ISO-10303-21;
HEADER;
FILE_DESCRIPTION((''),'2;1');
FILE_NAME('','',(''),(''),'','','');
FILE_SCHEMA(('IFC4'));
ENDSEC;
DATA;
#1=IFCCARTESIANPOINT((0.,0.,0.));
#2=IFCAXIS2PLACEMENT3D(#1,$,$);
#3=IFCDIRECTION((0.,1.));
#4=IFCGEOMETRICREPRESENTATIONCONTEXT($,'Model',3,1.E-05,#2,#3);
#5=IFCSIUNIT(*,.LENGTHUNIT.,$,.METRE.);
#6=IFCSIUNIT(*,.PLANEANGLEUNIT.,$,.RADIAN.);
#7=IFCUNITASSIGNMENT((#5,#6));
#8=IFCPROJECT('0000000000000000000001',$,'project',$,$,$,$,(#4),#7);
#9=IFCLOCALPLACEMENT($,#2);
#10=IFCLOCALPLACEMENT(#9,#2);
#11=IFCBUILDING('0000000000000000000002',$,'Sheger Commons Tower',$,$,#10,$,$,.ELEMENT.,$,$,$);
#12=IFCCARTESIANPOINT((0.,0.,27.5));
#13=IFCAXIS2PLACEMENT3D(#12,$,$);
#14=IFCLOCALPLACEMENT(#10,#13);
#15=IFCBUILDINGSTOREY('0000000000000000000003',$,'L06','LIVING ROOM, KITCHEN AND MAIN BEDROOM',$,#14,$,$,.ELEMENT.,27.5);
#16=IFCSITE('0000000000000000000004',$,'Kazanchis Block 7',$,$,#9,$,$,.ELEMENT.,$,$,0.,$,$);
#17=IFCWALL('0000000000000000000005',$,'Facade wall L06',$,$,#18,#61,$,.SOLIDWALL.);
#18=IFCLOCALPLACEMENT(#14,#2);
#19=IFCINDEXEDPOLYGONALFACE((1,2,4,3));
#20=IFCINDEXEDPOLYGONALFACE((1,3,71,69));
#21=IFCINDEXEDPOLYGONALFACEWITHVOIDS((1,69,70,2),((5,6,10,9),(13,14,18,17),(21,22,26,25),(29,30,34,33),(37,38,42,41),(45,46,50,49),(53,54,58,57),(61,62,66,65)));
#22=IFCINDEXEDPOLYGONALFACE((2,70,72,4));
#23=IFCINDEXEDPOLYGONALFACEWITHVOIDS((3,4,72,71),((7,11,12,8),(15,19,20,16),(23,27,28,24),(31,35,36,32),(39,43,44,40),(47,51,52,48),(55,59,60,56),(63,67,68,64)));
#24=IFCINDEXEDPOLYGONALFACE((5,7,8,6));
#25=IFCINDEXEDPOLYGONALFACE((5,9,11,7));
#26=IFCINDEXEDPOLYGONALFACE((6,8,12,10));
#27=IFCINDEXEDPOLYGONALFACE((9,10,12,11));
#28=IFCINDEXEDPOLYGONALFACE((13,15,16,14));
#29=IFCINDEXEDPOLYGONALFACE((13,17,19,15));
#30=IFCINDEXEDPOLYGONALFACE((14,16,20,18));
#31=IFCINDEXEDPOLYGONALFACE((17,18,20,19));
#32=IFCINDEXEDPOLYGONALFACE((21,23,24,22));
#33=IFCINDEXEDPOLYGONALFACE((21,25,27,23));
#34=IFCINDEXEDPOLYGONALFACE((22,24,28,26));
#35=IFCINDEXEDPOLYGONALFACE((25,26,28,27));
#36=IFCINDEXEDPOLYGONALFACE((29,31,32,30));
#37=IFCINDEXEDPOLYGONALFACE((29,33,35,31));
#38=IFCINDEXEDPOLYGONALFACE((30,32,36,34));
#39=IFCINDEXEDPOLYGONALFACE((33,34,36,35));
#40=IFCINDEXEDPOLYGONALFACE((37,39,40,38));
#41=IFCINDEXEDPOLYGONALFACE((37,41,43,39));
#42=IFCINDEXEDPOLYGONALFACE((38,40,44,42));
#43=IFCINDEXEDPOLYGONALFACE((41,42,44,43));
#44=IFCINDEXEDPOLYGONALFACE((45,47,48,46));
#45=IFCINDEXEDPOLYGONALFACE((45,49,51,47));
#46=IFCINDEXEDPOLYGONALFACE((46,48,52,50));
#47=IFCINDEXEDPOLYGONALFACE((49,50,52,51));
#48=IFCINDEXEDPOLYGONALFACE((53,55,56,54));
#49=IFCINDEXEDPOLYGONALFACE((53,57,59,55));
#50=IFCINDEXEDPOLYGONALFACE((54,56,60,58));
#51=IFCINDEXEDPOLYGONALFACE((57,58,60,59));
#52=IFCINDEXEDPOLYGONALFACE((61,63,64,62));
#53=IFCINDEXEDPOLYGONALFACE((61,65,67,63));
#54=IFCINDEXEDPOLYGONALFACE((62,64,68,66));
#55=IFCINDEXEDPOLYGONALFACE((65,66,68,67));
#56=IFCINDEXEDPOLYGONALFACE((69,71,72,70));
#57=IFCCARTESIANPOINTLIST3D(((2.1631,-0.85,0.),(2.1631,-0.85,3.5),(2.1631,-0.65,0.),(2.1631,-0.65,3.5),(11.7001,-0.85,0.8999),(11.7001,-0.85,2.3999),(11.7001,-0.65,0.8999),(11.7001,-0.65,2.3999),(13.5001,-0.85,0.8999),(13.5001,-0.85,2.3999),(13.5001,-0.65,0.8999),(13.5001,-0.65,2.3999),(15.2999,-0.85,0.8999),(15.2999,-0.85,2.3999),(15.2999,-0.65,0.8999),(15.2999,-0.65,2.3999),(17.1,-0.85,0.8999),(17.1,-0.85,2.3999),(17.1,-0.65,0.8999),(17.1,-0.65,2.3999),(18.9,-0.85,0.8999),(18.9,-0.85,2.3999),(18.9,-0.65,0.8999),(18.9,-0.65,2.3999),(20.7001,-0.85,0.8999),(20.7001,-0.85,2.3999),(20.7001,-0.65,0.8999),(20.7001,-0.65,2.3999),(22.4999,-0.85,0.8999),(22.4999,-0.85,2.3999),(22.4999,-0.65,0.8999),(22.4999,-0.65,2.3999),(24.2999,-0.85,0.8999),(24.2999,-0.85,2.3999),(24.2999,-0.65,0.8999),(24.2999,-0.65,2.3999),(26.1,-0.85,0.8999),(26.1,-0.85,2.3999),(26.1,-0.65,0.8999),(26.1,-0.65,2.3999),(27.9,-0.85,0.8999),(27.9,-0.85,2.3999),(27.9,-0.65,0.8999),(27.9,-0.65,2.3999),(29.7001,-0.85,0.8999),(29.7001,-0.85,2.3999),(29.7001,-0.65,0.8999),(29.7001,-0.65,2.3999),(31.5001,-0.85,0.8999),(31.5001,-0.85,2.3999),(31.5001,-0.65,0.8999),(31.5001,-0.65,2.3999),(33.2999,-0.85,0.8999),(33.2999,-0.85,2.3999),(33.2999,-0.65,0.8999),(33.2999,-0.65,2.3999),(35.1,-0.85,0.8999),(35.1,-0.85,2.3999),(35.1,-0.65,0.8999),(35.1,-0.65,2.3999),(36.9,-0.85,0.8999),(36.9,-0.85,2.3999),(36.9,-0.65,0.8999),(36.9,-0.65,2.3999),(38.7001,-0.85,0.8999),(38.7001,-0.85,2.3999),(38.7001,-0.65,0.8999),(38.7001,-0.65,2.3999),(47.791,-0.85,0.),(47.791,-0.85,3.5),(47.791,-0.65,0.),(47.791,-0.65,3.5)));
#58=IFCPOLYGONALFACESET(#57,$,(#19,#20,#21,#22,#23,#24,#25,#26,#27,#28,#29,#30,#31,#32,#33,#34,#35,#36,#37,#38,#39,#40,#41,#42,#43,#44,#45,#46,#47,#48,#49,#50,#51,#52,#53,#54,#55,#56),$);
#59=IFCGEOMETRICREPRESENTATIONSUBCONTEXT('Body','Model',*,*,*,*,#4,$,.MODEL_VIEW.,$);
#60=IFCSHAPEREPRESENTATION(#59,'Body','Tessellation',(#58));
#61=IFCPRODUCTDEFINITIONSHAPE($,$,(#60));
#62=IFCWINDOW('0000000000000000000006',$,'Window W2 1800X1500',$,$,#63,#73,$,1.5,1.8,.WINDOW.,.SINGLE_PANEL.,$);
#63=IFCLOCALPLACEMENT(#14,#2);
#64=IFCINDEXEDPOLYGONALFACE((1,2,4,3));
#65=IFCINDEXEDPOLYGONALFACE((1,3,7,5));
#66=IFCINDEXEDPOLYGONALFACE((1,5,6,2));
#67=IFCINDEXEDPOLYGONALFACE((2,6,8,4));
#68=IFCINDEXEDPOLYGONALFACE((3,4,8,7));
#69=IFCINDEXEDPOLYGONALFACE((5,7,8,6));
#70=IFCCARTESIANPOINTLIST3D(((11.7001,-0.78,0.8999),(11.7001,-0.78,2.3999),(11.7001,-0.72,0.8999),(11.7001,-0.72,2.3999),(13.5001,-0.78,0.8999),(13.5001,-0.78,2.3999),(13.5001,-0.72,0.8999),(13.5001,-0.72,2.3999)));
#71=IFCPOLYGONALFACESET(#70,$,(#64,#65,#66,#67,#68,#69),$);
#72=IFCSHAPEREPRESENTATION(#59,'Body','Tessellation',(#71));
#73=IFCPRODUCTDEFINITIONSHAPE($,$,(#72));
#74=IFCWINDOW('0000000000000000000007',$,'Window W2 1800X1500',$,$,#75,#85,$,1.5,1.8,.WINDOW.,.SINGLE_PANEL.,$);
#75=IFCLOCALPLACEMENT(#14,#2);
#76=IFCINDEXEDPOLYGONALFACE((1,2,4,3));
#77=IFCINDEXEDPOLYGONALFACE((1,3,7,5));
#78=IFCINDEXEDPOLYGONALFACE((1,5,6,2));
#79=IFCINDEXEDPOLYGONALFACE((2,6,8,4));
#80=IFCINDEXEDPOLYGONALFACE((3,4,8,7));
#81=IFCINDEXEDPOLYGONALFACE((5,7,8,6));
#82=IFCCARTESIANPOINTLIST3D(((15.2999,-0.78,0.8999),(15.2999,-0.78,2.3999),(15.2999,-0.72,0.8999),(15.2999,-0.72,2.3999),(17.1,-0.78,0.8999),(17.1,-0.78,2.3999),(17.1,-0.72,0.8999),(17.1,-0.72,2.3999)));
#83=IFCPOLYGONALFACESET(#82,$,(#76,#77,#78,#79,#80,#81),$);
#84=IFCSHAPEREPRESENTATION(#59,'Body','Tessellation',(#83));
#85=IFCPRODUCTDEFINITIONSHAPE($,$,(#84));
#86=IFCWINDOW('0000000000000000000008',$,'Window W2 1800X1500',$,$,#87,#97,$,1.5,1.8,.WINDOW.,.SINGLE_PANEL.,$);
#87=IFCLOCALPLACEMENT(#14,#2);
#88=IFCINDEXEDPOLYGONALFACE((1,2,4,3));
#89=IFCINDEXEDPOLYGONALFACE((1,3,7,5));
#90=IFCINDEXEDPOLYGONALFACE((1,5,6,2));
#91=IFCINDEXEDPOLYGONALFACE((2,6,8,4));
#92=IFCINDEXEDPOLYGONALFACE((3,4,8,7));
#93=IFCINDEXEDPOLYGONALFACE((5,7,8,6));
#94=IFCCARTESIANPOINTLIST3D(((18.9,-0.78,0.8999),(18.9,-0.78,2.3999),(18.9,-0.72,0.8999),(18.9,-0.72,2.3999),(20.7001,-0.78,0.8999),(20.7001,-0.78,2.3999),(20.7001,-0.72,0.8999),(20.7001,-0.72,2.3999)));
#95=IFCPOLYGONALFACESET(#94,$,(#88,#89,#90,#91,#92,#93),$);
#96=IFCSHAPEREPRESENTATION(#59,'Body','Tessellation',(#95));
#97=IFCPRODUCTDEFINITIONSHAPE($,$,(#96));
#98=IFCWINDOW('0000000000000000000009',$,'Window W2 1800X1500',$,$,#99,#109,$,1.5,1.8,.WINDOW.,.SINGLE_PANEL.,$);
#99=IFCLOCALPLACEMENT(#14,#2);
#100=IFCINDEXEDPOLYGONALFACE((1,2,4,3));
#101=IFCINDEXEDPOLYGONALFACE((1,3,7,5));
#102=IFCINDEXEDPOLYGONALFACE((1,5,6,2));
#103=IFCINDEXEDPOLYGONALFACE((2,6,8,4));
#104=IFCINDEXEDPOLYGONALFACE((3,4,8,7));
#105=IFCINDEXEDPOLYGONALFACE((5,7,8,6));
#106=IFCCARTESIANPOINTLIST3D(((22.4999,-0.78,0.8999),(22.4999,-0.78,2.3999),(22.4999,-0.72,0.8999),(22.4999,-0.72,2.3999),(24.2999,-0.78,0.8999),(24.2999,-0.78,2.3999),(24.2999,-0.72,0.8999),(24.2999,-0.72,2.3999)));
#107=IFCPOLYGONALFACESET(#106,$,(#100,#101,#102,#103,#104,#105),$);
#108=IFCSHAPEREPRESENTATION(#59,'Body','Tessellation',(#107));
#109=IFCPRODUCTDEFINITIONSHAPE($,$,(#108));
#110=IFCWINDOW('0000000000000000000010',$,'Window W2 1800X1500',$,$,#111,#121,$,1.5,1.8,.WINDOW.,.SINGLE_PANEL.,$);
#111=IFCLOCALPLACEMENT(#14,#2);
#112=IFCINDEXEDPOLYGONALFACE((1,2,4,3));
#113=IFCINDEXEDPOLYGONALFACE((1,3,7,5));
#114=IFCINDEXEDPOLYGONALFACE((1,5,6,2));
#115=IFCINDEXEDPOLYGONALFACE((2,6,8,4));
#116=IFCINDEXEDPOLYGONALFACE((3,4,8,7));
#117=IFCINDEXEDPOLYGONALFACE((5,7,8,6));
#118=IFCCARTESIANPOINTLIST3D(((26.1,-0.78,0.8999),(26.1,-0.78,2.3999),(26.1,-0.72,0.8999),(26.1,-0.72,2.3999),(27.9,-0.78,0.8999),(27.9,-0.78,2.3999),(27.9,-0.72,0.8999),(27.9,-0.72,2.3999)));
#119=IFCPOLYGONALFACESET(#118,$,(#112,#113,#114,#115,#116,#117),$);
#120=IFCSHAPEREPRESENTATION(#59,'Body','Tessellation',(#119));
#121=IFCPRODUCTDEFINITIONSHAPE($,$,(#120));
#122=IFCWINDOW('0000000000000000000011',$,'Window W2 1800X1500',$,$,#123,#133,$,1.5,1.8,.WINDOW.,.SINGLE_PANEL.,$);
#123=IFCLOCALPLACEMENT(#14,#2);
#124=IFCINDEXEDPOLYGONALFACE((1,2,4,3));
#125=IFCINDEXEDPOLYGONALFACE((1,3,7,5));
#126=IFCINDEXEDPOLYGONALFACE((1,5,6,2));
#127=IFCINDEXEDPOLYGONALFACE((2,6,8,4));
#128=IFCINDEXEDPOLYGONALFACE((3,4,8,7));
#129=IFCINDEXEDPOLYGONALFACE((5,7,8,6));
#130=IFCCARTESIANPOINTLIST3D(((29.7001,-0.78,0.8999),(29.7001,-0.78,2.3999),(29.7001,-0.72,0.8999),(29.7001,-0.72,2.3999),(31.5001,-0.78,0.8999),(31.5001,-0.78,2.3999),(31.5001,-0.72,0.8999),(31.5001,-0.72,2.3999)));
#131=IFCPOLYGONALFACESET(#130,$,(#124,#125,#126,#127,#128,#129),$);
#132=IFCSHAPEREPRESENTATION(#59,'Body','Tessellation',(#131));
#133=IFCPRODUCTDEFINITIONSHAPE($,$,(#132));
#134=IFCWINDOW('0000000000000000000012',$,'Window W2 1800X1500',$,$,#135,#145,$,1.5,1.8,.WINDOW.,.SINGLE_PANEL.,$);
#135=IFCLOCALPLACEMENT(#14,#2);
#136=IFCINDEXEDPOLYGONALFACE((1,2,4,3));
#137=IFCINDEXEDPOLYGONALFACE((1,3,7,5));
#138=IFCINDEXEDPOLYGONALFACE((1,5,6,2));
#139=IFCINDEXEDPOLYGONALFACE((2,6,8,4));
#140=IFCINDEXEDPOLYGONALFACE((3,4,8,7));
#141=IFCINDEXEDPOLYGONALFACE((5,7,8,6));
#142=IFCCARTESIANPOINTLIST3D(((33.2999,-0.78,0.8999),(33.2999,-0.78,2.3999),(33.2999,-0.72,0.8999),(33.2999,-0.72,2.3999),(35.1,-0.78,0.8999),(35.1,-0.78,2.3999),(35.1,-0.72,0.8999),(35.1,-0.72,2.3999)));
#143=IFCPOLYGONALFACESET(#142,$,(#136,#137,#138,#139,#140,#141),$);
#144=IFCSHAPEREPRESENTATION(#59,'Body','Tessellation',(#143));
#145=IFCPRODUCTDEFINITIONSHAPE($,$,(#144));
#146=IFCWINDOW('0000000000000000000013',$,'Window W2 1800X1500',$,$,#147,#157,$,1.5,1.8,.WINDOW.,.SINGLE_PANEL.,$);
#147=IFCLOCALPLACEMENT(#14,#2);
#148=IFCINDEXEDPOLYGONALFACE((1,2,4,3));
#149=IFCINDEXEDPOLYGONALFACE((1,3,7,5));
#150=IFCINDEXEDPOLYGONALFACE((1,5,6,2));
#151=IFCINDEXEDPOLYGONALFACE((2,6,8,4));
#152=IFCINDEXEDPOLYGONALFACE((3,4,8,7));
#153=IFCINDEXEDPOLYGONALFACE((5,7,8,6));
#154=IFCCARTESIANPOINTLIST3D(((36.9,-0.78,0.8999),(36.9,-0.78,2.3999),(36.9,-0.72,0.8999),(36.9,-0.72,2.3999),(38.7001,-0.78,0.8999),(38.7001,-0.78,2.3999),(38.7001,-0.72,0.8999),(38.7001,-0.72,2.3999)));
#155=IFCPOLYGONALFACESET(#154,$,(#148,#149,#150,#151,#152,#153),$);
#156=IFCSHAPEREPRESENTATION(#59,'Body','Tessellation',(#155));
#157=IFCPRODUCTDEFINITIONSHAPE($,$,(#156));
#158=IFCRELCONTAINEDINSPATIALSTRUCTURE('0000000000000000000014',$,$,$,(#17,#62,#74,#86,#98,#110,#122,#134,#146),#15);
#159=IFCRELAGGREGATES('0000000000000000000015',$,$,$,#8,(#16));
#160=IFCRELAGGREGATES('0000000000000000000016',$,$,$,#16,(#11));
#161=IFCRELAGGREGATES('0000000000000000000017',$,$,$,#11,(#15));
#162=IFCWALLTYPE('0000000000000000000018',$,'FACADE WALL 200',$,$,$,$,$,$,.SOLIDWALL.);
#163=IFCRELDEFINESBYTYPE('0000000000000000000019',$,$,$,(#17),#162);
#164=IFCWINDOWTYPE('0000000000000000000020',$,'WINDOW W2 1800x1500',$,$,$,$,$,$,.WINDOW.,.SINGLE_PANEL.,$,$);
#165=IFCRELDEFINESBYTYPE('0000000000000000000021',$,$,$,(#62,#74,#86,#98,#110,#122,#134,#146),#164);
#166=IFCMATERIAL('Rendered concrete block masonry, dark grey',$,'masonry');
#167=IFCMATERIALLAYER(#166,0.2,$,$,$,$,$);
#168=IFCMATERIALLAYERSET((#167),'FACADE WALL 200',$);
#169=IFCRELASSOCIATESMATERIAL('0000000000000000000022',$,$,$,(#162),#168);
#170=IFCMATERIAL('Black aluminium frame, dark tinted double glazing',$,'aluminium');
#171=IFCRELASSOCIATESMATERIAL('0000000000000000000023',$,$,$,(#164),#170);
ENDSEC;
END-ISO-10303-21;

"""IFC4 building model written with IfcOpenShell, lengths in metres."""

from ifc_helpers import new_model, si_unit, direction, frame, frame_2d, origin, place, context, subcontext, project, spatial, rectangle, extrude, material, layer, layer_set, type_object, element, fill, save


model = new_model("IFC4")

# Units and contexts
model_context = context("Model", 3, precision=1e-05, world=origin(), true_north=direction((0.0, 1.0)))
body_context = subcontext(model_context, "Body", "Model", "MODEL_VIEW")
ifc_project = project(units=[si_unit("LENGTHUNIT", "METRE"), si_unit("PLANEANGLEUNIT", "RADIAN")], contexts=[model_context])

# Site, building, storey
site_placement = place(None, origin())
site = spatial("IfcSite", under=ifc_project, at=site_placement, Name="Kazanchis Block 7", CompositionType="ELEMENT", RefElevation=0.0)
building_placement = place(site_placement, origin())
building = spatial("IfcBuilding", under=site, at=building_placement, Name="Sheger Commons Tower", CompositionType="ELEMENT")
storey_placement = place(building_placement, frame((0.0, 0.0, 27.5)))
storey = spatial("IfcBuildingStorey", under=building, at=storey_placement, Name="L06", Description="LIVING ROOM, KITCHEN AND MAIN BEDROOM", CompositionType="ELEMENT", Elevation=27.5)

# Wall, openings, windows
ifc_material_1 = material(Name="Rendered concrete block masonry, dark grey", Category="masonry")
ifc_layer_1 = layer(ifc_material_1, 0.2)
ifc_layer_set_1 = layer_set([ifc_layer_1], Name="FACADE WALL 200")
wall_type_1 = type_object("IfcWallType", Name="FACADE WALL 200", PredefinedType="SOLIDWALL", material=ifc_layer_set_1)
wall_1_placement = place(storey_placement, frame((2.1631, -0.75, 0.0), z_axis=(0.0, 0.0, 1.0), x_axis=(1.0, 0.0, 0.0)))
wall_1 = element("IfcWall", 1, at=wall_1_placement, inside=storey, type_object=wall_type_1, Name="Facade wall L06", PredefinedType="SOLIDWALL", context=body_context, shape_type="SweptSolid", body=[
    extrude(rectangle(XDim=45.6279, YDim=0.2, at=frame_2d((22.814, 0.0))), origin(), (0.0, 0.0, 1.0), 3.5),
])
opening_1_placement = place(wall_1_placement, frame((9.5371, 0.0, 0.8999)))
opening_1 = element("IfcOpeningElement", 2, at=opening_1_placement, cuts=wall_1, PredefinedType="OPENING", context=body_context, shape_type="SweptSolid", body=[
    extrude(rectangle(XDim=1.8, YDim=1.5, at=frame_2d((0.8999, 0.75))), frame((0.0, 0.1099, 0.0), z_axis=(0.0, -1.0, 0.0), x_axis=(1.0, 0.0, 0.0)), (0.0, 0.0, 1.0), 0.22),
])
opening_2_placement = place(wall_1_placement, frame((13.137, 0.0, 0.8999)))
opening_2 = element("IfcOpeningElement", 3, at=opening_2_placement, cuts=wall_1, PredefinedType="OPENING", context=body_context, shape_type="SweptSolid", body=[
    extrude(rectangle(XDim=1.8, YDim=1.5, at=frame_2d((0.8999, 0.75))), frame((0.0, 0.1099, 0.0), z_axis=(0.0, -1.0, 0.0), x_axis=(1.0, 0.0, 0.0)), (0.0, 0.0, 1.0), 0.22),
])
opening_3_placement = place(wall_1_placement, frame((16.7371, 0.0, 0.8999)))
opening_3 = element("IfcOpeningElement", 4, at=opening_3_placement, cuts=wall_1, PredefinedType="OPENING", context=body_context, shape_type="SweptSolid", body=[
    extrude(rectangle(XDim=1.8, YDim=1.5, at=frame_2d((0.8999, 0.75))), frame((0.0, 0.1099, 0.0), z_axis=(0.0, -1.0, 0.0), x_axis=(1.0, 0.0, 0.0)), (0.0, 0.0, 1.0), 0.22),
])
opening_4_placement = place(wall_1_placement, frame((20.3369, 0.0, 0.8999)))
opening_4 = element("IfcOpeningElement", 5, at=opening_4_placement, cuts=wall_1, PredefinedType="OPENING", context=body_context, shape_type="SweptSolid", body=[
    extrude(rectangle(XDim=1.8, YDim=1.5, at=frame_2d((0.8999, 0.75))), frame((0.0, 0.1099, 0.0), z_axis=(0.0, -1.0, 0.0), x_axis=(1.0, 0.0, 0.0)), (0.0, 0.0, 1.0), 0.22),
])
opening_5_placement = place(wall_1_placement, frame((23.937, 0.0, 0.8999)))
opening_5 = element("IfcOpeningElement", 6, at=opening_5_placement, cuts=wall_1, PredefinedType="OPENING", context=body_context, shape_type="SweptSolid", body=[
    extrude(rectangle(XDim=1.8, YDim=1.5, at=frame_2d((0.8999, 0.75))), frame((0.0, 0.1099, 0.0), z_axis=(0.0, -1.0, 0.0), x_axis=(1.0, 0.0, 0.0)), (0.0, 0.0, 1.0), 0.22),
])
opening_6_placement = place(wall_1_placement, frame((27.5371, 0.0, 0.8999)))
opening_6 = element("IfcOpeningElement", 7, at=opening_6_placement, cuts=wall_1, PredefinedType="OPENING", context=body_context, shape_type="SweptSolid", body=[
    extrude(rectangle(XDim=1.8, YDim=1.5, at=frame_2d((0.8999, 0.75))), frame((0.0, 0.1099, 0.0), z_axis=(0.0, -1.0, 0.0), x_axis=(1.0, 0.0, 0.0)), (0.0, 0.0, 1.0), 0.22),
])
opening_7_placement = place(wall_1_placement, frame((31.137, 0.0, 0.8999)))
opening_7 = element("IfcOpeningElement", 8, at=opening_7_placement, cuts=wall_1, PredefinedType="OPENING", context=body_context, shape_type="SweptSolid", body=[
    extrude(rectangle(XDim=1.8, YDim=1.5, at=frame_2d((0.8999, 0.75))), frame((0.0, 0.1099, 0.0), z_axis=(0.0, -1.0, 0.0), x_axis=(1.0, 0.0, 0.0)), (0.0, 0.0, 1.0), 0.22),
])
opening_8_placement = place(wall_1_placement, frame((34.7371, 0.0, 0.8999)))
opening_8 = element("IfcOpeningElement", 9, at=opening_8_placement, cuts=wall_1, PredefinedType="OPENING", context=body_context, shape_type="SweptSolid", body=[
    extrude(rectangle(XDim=1.8, YDim=1.5, at=frame_2d((0.8999, 0.75))), frame((0.0, 0.1099, 0.0), z_axis=(0.0, -1.0, 0.0), x_axis=(1.0, 0.0, 0.0)), (0.0, 0.0, 1.0), 0.22),
])
ifc_material_2 = material(Name="Black aluminium frame, dark tinted double glazing", Category="aluminium")
window_type = type_object("IfcWindowType", Name="WINDOW W2 1800x1500", PartitioningType="SINGLE_PANEL", PredefinedType="WINDOW", material=ifc_material_2)
window_1_placement = place(opening_1_placement, origin())
window_1 = element("IfcWindow", 10, at=window_1_placement, inside=storey, type_object=window_type, Name="Window W2 1800X1500", OverallHeight=1.5, OverallWidth=1.8, PartitioningType="SINGLE_PANEL", PredefinedType="WINDOW", context=body_context, shape_type="SweptSolid", body=[
    extrude(rectangle(XDim=1.8, YDim=1.5, at=frame_2d((0.8999, 0.75))), frame((0.0, 0.03, 0.0), z_axis=(0.0, -1.0, 0.0), x_axis=(1.0, 0.0, 0.0)), (0.0, 0.0, 1.0), 0.0601),
])
fill(opening_1, window_1)
window_2_placement = place(opening_2_placement, origin())
window_2 = element("IfcWindow", 11, at=window_2_placement, inside=storey, type_object=window_type, Name="Window W2 1800X1500", OverallHeight=1.5, OverallWidth=1.8, PartitioningType="SINGLE_PANEL", PredefinedType="WINDOW", context=body_context, shape_type="SweptSolid", body=[
    extrude(rectangle(XDim=1.8, YDim=1.5, at=frame_2d((0.8999, 0.75))), frame((0.0, 0.03, 0.0), z_axis=(0.0, -1.0, 0.0), x_axis=(1.0, 0.0, 0.0)), (0.0, 0.0, 1.0), 0.0601),
])
fill(opening_2, window_2)
window_3_placement = place(opening_3_placement, origin())
window_3 = element("IfcWindow", 12, at=window_3_placement, inside=storey, type_object=window_type, Name="Window W2 1800X1500", OverallHeight=1.5, OverallWidth=1.8, PartitioningType="SINGLE_PANEL", PredefinedType="WINDOW", context=body_context, shape_type="SweptSolid", body=[
    extrude(rectangle(XDim=1.8, YDim=1.5, at=frame_2d((0.8999, 0.75))), frame((0.0, 0.03, 0.0), z_axis=(0.0, -1.0, 0.0), x_axis=(1.0, 0.0, 0.0)), (0.0, 0.0, 1.0), 0.0601),
])
fill(opening_3, window_3)
window_4_placement = place(opening_4_placement, origin())
window_4 = element("IfcWindow", 13, at=window_4_placement, inside=storey, type_object=window_type, Name="Window W2 1800X1500", OverallHeight=1.5, OverallWidth=1.8, PartitioningType="SINGLE_PANEL", PredefinedType="WINDOW", context=body_context, shape_type="SweptSolid", body=[
    extrude(rectangle(XDim=1.8, YDim=1.5, at=frame_2d((0.8999, 0.75))), frame((0.0, 0.03, 0.0), z_axis=(0.0, -1.0, 0.0), x_axis=(1.0, 0.0, 0.0)), (0.0, 0.0, 1.0), 0.0601),
])
fill(opening_4, window_4)
window_5_placement = place(opening_5_placement, origin())
window_5 = element("IfcWindow", 14, at=window_5_placement, inside=storey, type_object=window_type, Name="Window W2 1800X1500", OverallHeight=1.5, OverallWidth=1.8, PartitioningType="SINGLE_PANEL", PredefinedType="WINDOW", context=body_context, shape_type="SweptSolid", body=[
    extrude(rectangle(XDim=1.8, YDim=1.5, at=frame_2d((0.8999, 0.75))), frame((0.0, 0.03, 0.0), z_axis=(0.0, -1.0, 0.0), x_axis=(1.0, 0.0, 0.0)), (0.0, 0.0, 1.0), 0.0601),
])
fill(opening_5, window_5)
window_6_placement = place(opening_6_placement, origin())
window_6 = element("IfcWindow", 15, at=window_6_placement, inside=storey, type_object=window_type, Name="Window W2 1800X1500", OverallHeight=1.5, OverallWidth=1.8, PartitioningType="SINGLE_PANEL", PredefinedType="WINDOW", context=body_context, shape_type="SweptSolid", body=[
    extrude(rectangle(XDim=1.8, YDim=1.5, at=frame_2d((0.8999, 0.75))), frame((0.0, 0.03, 0.0), z_axis=(0.0, -1.0, 0.0), x_axis=(1.0, 0.0, 0.0)), (0.0, 0.0, 1.0), 0.0601),
])
fill(opening_6, window_6)
window_7_placement = place(opening_7_placement, origin())
window_7 = element("IfcWindow", 16, at=window_7_placement, inside=storey, type_object=window_type, Name="Window W2 1800X1500", OverallHeight=1.5, OverallWidth=1.8, PartitioningType="SINGLE_PANEL", PredefinedType="WINDOW", context=body_context, shape_type="SweptSolid", body=[
    extrude(rectangle(XDim=1.8, YDim=1.5, at=frame_2d((0.8999, 0.75))), frame((0.0, 0.03, 0.0), z_axis=(0.0, -1.0, 0.0), x_axis=(1.0, 0.0, 0.0)), (0.0, 0.0, 1.0), 0.0601),
])
fill(opening_7, window_7)
window_8_placement = place(opening_8_placement, origin())
window_8 = element("IfcWindow", 17, at=window_8_placement, inside=storey, type_object=window_type, Name="Window W2 1800X1500", OverallHeight=1.5, OverallWidth=1.8, PartitioningType="SINGLE_PANEL", PredefinedType="WINDOW", context=body_context, shape_type="SweptSolid", body=[
    extrude(rectangle(XDim=1.8, YDim=1.5, at=frame_2d((0.8999, 0.75))), frame((0.0, 0.03, 0.0), z_axis=(0.0, -1.0, 0.0), x_axis=(1.0, 0.0, 0.0)), (0.0, 0.0, 1.0), 0.0601),
])
fill(opening_8, window_8)

save(model, "model.ifc")
